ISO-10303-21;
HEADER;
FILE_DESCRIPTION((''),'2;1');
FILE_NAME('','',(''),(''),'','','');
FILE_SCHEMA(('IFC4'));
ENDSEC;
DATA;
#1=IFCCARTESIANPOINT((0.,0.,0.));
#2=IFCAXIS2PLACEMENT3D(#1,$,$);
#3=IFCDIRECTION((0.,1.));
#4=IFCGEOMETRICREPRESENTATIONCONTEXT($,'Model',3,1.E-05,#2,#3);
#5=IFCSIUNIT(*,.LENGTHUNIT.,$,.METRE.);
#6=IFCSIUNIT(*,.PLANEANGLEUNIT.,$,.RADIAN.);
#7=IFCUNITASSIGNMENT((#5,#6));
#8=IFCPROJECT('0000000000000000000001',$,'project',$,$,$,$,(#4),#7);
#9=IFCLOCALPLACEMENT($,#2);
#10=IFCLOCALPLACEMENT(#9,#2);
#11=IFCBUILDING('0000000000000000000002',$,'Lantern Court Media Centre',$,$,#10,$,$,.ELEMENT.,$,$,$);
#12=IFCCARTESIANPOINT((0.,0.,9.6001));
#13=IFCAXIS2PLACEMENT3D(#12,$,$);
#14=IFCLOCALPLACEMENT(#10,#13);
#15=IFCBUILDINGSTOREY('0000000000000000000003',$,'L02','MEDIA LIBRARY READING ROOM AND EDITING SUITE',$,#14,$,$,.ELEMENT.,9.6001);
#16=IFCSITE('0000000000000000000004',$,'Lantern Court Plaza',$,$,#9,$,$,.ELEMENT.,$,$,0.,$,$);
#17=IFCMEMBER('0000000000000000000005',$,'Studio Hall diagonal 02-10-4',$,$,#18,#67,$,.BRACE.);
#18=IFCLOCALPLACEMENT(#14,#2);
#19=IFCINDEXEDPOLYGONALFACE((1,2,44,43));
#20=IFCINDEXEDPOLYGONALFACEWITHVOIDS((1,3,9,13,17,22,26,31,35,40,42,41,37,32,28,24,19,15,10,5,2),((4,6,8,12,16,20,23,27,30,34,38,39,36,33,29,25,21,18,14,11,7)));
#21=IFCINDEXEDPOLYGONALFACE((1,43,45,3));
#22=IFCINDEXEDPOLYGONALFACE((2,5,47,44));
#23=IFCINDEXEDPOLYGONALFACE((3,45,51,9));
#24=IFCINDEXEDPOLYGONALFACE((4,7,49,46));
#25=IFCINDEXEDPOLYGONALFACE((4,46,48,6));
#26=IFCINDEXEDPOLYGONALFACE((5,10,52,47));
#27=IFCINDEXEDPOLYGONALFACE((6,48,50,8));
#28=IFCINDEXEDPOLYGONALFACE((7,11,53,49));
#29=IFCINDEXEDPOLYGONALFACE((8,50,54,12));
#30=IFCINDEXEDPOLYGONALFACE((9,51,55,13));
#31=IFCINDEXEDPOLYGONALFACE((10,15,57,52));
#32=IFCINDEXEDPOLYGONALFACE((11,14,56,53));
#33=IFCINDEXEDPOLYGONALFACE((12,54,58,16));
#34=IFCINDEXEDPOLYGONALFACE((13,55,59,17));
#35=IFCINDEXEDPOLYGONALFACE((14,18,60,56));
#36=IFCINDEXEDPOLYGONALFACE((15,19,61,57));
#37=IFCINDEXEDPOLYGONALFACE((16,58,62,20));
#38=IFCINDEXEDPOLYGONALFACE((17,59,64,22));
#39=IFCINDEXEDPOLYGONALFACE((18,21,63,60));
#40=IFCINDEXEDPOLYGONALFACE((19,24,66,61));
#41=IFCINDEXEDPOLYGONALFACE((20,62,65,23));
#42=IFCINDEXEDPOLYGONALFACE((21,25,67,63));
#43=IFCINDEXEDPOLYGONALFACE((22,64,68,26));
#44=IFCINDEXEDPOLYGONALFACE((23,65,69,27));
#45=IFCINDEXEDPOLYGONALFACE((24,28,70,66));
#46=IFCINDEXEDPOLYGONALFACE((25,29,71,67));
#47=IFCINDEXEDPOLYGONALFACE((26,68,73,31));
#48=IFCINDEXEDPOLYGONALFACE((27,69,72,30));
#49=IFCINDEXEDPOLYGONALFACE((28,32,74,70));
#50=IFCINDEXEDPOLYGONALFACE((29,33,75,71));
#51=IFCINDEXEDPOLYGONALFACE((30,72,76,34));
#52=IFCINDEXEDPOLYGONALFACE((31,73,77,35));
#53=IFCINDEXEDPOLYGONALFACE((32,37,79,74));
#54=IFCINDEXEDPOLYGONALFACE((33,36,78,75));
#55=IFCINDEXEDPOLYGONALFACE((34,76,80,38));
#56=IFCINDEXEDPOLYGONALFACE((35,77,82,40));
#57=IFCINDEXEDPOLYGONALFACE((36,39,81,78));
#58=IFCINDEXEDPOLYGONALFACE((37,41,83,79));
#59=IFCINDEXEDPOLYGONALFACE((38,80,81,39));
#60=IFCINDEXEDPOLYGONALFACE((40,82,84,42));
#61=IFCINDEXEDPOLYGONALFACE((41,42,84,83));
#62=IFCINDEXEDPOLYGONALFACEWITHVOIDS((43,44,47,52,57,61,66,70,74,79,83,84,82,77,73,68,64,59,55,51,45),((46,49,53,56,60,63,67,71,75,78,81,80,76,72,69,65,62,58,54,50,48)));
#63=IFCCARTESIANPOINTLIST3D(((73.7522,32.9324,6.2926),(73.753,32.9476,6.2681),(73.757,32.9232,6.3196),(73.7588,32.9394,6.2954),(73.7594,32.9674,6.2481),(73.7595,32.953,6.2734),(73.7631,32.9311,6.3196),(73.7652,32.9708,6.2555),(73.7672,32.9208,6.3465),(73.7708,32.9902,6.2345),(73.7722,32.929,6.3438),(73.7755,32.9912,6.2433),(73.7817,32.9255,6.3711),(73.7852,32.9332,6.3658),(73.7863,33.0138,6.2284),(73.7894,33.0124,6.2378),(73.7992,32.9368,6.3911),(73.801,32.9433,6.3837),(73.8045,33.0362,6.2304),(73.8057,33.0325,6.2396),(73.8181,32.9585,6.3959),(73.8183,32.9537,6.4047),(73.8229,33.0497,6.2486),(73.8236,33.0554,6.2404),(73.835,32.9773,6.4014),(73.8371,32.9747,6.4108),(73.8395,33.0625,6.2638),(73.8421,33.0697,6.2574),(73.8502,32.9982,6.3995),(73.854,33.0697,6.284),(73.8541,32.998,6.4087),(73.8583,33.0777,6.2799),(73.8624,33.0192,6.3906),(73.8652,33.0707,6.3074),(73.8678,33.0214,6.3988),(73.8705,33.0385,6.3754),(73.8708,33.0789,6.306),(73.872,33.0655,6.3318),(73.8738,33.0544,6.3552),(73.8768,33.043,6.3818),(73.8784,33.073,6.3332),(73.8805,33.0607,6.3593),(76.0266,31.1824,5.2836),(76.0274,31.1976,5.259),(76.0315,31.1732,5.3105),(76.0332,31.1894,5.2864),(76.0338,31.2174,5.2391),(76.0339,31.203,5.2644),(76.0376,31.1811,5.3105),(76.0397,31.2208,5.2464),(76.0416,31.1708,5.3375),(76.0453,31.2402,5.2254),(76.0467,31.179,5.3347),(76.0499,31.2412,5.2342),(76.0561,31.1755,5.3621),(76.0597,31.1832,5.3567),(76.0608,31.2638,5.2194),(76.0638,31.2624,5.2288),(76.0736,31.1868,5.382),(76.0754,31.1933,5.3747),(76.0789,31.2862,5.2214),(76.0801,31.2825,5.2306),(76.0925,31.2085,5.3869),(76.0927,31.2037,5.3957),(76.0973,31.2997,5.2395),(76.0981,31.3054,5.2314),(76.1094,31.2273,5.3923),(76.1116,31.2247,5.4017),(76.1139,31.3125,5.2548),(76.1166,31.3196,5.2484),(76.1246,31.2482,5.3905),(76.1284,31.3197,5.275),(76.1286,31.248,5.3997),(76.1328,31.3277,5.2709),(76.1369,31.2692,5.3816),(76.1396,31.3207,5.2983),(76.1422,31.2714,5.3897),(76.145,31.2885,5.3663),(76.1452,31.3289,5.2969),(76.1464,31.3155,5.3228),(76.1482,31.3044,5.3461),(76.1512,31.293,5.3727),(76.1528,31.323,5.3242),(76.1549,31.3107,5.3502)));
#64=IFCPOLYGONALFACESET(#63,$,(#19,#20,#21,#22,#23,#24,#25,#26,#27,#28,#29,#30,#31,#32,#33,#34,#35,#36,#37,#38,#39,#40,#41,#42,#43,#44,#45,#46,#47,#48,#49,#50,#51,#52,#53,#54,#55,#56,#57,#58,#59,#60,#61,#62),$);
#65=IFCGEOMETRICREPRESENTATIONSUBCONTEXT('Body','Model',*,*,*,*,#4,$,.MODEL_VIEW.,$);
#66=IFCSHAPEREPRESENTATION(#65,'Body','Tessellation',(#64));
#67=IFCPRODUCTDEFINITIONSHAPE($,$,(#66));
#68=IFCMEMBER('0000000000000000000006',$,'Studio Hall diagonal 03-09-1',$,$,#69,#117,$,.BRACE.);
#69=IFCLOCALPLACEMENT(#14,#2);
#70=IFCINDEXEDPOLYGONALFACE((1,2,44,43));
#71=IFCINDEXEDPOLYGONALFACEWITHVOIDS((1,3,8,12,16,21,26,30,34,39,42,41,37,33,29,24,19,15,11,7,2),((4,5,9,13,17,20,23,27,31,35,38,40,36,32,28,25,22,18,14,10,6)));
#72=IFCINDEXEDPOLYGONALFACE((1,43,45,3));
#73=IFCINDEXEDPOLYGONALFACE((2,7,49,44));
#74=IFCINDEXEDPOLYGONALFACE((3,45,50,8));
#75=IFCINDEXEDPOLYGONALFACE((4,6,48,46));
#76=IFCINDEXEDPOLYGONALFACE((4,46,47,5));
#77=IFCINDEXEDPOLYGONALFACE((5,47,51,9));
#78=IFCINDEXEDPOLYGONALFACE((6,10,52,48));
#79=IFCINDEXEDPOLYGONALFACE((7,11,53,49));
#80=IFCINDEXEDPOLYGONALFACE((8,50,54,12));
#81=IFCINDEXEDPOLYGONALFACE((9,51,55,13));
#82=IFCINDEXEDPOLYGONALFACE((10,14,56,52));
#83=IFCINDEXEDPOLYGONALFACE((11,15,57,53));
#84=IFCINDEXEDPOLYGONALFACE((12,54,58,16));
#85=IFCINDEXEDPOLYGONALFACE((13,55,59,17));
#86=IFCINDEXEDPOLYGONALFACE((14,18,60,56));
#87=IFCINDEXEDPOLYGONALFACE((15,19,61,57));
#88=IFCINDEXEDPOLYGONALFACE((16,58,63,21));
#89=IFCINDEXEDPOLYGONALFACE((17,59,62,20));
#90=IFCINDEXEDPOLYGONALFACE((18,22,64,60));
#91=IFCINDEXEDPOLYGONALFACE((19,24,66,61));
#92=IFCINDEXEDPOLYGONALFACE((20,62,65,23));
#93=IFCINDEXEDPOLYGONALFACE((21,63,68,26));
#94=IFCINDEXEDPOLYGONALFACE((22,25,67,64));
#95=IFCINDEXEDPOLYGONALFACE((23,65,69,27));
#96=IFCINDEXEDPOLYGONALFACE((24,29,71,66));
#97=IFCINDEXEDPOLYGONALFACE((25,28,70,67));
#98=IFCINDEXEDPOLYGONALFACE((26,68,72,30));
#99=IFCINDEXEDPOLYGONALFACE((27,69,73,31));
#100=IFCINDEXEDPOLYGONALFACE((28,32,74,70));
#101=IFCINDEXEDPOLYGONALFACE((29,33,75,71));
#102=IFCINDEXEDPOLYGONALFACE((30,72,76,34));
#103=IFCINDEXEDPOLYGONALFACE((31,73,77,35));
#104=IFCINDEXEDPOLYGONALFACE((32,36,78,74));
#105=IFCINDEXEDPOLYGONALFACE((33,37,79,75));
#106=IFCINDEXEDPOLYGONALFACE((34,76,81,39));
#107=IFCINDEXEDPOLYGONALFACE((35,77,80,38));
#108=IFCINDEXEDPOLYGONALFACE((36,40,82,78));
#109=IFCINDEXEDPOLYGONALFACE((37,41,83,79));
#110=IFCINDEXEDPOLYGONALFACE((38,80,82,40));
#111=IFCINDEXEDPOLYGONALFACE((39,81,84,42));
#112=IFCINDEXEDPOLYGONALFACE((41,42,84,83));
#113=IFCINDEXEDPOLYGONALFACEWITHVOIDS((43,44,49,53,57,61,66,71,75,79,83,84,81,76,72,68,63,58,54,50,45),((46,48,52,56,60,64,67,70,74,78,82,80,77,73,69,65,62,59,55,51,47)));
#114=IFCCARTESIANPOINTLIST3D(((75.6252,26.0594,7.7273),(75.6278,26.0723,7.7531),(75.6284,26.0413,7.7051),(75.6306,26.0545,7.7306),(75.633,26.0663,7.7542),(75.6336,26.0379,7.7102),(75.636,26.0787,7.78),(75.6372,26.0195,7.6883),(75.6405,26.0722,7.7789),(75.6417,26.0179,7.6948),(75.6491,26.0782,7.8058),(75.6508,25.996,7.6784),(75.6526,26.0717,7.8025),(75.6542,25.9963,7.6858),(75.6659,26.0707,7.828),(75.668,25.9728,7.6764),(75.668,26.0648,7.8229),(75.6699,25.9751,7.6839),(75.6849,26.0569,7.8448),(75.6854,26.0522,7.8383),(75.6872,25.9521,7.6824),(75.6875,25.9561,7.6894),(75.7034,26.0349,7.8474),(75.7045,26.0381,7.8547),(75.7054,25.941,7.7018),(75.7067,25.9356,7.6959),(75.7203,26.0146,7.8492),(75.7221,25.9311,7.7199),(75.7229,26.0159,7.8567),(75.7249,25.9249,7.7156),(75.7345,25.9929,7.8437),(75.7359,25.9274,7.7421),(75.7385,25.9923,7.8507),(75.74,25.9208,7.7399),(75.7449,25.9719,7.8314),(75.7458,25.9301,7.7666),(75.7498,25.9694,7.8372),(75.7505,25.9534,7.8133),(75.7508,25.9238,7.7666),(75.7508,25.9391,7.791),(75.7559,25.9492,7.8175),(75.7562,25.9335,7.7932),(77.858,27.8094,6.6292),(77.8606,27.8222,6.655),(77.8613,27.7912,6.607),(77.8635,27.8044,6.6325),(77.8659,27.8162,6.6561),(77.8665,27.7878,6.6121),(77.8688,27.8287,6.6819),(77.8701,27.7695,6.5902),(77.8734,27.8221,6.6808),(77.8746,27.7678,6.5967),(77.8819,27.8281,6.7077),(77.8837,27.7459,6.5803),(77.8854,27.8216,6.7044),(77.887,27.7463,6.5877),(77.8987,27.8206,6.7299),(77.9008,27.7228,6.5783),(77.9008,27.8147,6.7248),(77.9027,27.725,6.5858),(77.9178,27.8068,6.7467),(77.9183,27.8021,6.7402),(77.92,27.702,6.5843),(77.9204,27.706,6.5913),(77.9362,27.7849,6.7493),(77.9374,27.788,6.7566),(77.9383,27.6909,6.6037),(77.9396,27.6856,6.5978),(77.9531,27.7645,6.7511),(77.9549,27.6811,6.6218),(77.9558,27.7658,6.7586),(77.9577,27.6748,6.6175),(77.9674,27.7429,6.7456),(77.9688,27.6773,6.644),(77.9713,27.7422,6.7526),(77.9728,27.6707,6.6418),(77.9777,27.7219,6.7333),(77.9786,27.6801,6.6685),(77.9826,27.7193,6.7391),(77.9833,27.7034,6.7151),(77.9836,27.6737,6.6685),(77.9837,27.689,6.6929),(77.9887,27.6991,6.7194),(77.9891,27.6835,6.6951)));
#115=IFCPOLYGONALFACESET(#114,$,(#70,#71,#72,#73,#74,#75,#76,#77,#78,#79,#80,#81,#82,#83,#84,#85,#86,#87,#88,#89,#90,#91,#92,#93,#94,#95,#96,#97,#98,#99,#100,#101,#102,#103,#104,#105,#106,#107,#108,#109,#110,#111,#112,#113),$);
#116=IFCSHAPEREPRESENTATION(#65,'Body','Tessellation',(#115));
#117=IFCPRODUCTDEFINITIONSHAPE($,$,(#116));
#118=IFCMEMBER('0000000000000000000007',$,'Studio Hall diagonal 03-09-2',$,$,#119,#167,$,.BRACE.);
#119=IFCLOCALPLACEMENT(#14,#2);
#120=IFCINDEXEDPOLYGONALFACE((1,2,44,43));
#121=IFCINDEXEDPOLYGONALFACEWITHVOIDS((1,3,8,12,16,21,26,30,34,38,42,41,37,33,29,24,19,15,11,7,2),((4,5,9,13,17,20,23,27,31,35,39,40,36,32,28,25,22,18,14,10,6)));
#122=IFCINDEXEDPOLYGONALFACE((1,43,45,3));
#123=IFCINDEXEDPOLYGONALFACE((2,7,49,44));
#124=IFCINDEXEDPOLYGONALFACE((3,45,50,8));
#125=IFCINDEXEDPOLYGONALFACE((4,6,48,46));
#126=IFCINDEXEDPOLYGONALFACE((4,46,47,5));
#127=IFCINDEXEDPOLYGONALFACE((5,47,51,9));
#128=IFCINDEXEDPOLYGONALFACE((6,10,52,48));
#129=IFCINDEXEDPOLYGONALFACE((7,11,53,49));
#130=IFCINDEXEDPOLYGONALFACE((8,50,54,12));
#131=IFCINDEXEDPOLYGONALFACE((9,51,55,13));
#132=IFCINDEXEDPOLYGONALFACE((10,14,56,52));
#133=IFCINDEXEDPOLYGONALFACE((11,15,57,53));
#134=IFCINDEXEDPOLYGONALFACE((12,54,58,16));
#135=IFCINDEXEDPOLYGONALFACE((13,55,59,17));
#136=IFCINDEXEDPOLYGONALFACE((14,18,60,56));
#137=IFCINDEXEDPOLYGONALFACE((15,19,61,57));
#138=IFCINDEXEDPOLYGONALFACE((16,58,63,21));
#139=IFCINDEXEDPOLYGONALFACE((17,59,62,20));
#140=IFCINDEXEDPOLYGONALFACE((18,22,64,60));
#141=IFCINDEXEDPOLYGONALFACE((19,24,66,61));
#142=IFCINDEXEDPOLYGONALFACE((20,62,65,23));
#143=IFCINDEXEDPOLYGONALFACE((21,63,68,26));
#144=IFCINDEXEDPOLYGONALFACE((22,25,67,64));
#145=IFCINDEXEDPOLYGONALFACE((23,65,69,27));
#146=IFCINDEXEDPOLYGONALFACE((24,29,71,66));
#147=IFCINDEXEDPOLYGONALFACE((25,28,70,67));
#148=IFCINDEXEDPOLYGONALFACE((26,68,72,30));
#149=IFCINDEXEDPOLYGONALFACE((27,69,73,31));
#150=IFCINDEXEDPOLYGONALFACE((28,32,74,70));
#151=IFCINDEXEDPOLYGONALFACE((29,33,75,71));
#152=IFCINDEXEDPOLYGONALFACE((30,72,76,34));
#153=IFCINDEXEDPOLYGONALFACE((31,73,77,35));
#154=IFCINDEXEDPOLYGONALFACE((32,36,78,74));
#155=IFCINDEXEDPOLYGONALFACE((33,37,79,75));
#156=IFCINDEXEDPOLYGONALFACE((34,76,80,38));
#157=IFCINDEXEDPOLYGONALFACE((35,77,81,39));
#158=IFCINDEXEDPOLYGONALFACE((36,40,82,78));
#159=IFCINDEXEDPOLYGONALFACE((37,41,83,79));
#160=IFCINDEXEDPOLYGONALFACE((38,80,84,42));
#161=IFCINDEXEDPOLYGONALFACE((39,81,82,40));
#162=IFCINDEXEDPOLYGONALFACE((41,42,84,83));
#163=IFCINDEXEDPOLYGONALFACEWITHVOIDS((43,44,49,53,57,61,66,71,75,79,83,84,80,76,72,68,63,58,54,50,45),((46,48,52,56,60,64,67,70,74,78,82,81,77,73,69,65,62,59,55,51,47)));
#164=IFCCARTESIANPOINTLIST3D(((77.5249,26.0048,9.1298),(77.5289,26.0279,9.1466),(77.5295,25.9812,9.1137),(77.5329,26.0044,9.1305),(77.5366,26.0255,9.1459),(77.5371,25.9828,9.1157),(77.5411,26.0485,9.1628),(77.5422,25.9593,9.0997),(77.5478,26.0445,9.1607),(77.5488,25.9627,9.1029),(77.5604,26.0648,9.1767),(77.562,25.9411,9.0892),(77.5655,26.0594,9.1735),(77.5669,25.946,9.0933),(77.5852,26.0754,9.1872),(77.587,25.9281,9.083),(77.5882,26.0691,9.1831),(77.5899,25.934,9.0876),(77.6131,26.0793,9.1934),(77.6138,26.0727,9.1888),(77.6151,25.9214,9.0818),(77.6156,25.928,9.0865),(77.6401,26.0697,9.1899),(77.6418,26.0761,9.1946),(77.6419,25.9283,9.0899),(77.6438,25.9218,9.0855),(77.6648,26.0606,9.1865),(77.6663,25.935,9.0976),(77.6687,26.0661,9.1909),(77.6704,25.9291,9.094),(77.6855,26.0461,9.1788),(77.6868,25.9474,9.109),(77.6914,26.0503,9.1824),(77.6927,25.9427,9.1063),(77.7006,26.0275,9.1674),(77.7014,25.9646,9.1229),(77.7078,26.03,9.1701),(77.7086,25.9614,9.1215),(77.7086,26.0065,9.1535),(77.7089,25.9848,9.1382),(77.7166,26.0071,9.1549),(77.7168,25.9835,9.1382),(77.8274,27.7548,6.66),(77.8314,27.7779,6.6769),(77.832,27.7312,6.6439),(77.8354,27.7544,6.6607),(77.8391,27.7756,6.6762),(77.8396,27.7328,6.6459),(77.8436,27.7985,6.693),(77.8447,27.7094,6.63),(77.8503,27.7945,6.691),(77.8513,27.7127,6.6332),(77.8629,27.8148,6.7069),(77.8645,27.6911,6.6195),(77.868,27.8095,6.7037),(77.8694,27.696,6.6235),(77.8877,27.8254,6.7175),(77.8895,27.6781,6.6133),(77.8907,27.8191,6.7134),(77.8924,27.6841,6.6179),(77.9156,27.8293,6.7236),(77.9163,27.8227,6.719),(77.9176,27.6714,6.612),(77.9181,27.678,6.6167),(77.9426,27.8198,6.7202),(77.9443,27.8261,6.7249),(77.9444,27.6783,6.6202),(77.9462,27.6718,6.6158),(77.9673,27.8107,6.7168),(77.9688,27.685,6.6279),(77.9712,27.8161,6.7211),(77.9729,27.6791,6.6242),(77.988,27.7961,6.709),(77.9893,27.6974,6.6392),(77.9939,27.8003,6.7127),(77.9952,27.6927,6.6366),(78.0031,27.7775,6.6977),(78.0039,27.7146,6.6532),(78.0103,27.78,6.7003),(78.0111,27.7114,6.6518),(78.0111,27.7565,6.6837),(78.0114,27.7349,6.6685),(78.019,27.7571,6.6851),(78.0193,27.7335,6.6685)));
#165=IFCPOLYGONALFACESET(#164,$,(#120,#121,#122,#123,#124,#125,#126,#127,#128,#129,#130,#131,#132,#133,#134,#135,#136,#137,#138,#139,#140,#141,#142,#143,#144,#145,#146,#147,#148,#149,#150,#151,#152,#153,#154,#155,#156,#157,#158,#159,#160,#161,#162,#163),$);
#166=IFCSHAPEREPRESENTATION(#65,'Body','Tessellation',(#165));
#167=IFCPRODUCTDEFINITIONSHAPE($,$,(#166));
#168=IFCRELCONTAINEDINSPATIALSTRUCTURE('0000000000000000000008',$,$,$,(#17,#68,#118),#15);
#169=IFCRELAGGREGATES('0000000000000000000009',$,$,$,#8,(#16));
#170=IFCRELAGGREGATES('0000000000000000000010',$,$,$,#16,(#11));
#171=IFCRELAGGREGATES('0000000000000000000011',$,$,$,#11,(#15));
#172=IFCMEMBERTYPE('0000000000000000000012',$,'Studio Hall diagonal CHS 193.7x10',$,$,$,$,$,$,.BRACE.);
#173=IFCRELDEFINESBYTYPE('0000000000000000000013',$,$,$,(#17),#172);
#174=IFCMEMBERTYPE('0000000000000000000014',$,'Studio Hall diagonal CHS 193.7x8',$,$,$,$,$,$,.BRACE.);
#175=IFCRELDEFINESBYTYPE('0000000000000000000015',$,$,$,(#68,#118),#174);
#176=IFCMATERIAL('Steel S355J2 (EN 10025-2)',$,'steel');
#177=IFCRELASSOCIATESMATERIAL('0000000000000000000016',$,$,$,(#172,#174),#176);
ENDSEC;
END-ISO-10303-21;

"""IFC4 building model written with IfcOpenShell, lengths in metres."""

from ifc_helpers import new_model, si_unit, direction, frame, origin, origin_2d, place, context, subcontext, project, spatial, hollow_circle, extrude, material, material_profile, profile_set, type_object, element, save


model = new_model("IFC4")

# Units and contexts
model_context = context("Model", 3, precision=1e-05, world=origin(), true_north=direction((0.0, 1.0)))
body_context = subcontext(model_context, "Body", "Model", "MODEL_VIEW")
ifc_project = project(units=[si_unit("LENGTHUNIT", "METRE"), si_unit("PLANEANGLEUNIT", "RADIAN")], contexts=[model_context])

# Site, building, storey
site_placement = place(None, origin())
site = spatial("IfcSite", under=ifc_project, at=site_placement, Name="Lantern Court Plaza", CompositionType="ELEMENT", RefElevation=0.0)
building_placement = place(site_placement, origin())
building = spatial("IfcBuilding", under=site, at=building_placement, Name="Lantern Court Media Centre", CompositionType="ELEMENT")
storey_placement = place(building_placement, frame((0.0, 0.0, 9.6001)))
storey = spatial("IfcBuildingStorey", under=building, at=storey_placement, Name="L02", Description="MEDIA LIBRARY READING ROOM AND EDITING SUITE", CompositionType="ELEMENT", Elevation=9.6001)

# Members
ifc_material = material(Name="Steel S355J2 (EN 10025-2)", Category="steel")
ifc_material_profile_1 = material_profile(ifc_material, hollow_circle(Radius=0.0969, WallThickness=0.01, at=origin_2d()), Name="Studio Hall diagonal CHS 193.7x10")
ifc_profile_set_1 = profile_set([ifc_material_profile_1], Name="Steel S355J2 (EN 10025-2)")
member_type_1 = type_object("IfcMemberType", Name="Studio Hall diagonal CHS 193.7x10", PredefinedType="BRACE", material=ifc_profile_set_1)
for number, where, z_axis, x_axis, name in (
    (1, (76.0906, 31.25, 5.3105), (-0.747677, 0.575284, 0.331703), (-0.609809, -0.792548, 0.0), "Studio Hall diagonal 02-10-4"),
):
    element("IfcMember", number, at=place(storey_placement, frame(where, z_axis=z_axis, x_axis=x_axis)), inside=storey, type_object=member_type_1, Name=name, PredefinedType="BRACE", context=body_context, shape_type="SweptSolid", body=[
        extrude(hollow_circle(Radius=0.0969, WallThickness=0.01, at=origin_2d()), origin(), (0.0, 0.0, 1.0), 3.042),
    ])
ifc_material_profile_2 = material_profile(ifc_material, hollow_circle(Radius=0.0969, WallThickness=0.0081, at=origin_2d()), Name="Studio Hall diagonal CHS 193.7x8")
ifc_profile_set_2 = profile_set([ifc_material_profile_2], Name="Steel S355J2 (EN 10025-2)")
member_type_2 = type_object("IfcMemberType", Name="Studio Hall diagonal CHS 193.7x8", PredefinedType="BRACE", material=ifc_profile_set_2)
for number, where, z_axis, x_axis, name in (
    (2, (77.9238, 27.75, 6.6685), (-0.734005, -0.575262, 0.360984), (0.616856, -0.787076, 0.0), "Studio Hall diagonal 03-09-1"),
    (3, (77.9238, 27.75, 6.6685), (-0.099439, -0.575286, 0.811885), (0.985388, -0.170326, 0.0), "Studio Hall diagonal 03-09-2"),
):
    element("IfcMember", number, at=place(storey_placement, frame(where, z_axis=z_axis, x_axis=x_axis)), inside=storey, type_object=member_type_2, Name=name, PredefinedType="BRACE", context=body_context, shape_type="SweptSolid", body=[
        extrude(hollow_circle(Radius=0.0969, WallThickness=0.0081, at=origin_2d()), origin(), (0.0, 0.0, 1.0), 3.042),
    ])

save(model, "model.ifc")
